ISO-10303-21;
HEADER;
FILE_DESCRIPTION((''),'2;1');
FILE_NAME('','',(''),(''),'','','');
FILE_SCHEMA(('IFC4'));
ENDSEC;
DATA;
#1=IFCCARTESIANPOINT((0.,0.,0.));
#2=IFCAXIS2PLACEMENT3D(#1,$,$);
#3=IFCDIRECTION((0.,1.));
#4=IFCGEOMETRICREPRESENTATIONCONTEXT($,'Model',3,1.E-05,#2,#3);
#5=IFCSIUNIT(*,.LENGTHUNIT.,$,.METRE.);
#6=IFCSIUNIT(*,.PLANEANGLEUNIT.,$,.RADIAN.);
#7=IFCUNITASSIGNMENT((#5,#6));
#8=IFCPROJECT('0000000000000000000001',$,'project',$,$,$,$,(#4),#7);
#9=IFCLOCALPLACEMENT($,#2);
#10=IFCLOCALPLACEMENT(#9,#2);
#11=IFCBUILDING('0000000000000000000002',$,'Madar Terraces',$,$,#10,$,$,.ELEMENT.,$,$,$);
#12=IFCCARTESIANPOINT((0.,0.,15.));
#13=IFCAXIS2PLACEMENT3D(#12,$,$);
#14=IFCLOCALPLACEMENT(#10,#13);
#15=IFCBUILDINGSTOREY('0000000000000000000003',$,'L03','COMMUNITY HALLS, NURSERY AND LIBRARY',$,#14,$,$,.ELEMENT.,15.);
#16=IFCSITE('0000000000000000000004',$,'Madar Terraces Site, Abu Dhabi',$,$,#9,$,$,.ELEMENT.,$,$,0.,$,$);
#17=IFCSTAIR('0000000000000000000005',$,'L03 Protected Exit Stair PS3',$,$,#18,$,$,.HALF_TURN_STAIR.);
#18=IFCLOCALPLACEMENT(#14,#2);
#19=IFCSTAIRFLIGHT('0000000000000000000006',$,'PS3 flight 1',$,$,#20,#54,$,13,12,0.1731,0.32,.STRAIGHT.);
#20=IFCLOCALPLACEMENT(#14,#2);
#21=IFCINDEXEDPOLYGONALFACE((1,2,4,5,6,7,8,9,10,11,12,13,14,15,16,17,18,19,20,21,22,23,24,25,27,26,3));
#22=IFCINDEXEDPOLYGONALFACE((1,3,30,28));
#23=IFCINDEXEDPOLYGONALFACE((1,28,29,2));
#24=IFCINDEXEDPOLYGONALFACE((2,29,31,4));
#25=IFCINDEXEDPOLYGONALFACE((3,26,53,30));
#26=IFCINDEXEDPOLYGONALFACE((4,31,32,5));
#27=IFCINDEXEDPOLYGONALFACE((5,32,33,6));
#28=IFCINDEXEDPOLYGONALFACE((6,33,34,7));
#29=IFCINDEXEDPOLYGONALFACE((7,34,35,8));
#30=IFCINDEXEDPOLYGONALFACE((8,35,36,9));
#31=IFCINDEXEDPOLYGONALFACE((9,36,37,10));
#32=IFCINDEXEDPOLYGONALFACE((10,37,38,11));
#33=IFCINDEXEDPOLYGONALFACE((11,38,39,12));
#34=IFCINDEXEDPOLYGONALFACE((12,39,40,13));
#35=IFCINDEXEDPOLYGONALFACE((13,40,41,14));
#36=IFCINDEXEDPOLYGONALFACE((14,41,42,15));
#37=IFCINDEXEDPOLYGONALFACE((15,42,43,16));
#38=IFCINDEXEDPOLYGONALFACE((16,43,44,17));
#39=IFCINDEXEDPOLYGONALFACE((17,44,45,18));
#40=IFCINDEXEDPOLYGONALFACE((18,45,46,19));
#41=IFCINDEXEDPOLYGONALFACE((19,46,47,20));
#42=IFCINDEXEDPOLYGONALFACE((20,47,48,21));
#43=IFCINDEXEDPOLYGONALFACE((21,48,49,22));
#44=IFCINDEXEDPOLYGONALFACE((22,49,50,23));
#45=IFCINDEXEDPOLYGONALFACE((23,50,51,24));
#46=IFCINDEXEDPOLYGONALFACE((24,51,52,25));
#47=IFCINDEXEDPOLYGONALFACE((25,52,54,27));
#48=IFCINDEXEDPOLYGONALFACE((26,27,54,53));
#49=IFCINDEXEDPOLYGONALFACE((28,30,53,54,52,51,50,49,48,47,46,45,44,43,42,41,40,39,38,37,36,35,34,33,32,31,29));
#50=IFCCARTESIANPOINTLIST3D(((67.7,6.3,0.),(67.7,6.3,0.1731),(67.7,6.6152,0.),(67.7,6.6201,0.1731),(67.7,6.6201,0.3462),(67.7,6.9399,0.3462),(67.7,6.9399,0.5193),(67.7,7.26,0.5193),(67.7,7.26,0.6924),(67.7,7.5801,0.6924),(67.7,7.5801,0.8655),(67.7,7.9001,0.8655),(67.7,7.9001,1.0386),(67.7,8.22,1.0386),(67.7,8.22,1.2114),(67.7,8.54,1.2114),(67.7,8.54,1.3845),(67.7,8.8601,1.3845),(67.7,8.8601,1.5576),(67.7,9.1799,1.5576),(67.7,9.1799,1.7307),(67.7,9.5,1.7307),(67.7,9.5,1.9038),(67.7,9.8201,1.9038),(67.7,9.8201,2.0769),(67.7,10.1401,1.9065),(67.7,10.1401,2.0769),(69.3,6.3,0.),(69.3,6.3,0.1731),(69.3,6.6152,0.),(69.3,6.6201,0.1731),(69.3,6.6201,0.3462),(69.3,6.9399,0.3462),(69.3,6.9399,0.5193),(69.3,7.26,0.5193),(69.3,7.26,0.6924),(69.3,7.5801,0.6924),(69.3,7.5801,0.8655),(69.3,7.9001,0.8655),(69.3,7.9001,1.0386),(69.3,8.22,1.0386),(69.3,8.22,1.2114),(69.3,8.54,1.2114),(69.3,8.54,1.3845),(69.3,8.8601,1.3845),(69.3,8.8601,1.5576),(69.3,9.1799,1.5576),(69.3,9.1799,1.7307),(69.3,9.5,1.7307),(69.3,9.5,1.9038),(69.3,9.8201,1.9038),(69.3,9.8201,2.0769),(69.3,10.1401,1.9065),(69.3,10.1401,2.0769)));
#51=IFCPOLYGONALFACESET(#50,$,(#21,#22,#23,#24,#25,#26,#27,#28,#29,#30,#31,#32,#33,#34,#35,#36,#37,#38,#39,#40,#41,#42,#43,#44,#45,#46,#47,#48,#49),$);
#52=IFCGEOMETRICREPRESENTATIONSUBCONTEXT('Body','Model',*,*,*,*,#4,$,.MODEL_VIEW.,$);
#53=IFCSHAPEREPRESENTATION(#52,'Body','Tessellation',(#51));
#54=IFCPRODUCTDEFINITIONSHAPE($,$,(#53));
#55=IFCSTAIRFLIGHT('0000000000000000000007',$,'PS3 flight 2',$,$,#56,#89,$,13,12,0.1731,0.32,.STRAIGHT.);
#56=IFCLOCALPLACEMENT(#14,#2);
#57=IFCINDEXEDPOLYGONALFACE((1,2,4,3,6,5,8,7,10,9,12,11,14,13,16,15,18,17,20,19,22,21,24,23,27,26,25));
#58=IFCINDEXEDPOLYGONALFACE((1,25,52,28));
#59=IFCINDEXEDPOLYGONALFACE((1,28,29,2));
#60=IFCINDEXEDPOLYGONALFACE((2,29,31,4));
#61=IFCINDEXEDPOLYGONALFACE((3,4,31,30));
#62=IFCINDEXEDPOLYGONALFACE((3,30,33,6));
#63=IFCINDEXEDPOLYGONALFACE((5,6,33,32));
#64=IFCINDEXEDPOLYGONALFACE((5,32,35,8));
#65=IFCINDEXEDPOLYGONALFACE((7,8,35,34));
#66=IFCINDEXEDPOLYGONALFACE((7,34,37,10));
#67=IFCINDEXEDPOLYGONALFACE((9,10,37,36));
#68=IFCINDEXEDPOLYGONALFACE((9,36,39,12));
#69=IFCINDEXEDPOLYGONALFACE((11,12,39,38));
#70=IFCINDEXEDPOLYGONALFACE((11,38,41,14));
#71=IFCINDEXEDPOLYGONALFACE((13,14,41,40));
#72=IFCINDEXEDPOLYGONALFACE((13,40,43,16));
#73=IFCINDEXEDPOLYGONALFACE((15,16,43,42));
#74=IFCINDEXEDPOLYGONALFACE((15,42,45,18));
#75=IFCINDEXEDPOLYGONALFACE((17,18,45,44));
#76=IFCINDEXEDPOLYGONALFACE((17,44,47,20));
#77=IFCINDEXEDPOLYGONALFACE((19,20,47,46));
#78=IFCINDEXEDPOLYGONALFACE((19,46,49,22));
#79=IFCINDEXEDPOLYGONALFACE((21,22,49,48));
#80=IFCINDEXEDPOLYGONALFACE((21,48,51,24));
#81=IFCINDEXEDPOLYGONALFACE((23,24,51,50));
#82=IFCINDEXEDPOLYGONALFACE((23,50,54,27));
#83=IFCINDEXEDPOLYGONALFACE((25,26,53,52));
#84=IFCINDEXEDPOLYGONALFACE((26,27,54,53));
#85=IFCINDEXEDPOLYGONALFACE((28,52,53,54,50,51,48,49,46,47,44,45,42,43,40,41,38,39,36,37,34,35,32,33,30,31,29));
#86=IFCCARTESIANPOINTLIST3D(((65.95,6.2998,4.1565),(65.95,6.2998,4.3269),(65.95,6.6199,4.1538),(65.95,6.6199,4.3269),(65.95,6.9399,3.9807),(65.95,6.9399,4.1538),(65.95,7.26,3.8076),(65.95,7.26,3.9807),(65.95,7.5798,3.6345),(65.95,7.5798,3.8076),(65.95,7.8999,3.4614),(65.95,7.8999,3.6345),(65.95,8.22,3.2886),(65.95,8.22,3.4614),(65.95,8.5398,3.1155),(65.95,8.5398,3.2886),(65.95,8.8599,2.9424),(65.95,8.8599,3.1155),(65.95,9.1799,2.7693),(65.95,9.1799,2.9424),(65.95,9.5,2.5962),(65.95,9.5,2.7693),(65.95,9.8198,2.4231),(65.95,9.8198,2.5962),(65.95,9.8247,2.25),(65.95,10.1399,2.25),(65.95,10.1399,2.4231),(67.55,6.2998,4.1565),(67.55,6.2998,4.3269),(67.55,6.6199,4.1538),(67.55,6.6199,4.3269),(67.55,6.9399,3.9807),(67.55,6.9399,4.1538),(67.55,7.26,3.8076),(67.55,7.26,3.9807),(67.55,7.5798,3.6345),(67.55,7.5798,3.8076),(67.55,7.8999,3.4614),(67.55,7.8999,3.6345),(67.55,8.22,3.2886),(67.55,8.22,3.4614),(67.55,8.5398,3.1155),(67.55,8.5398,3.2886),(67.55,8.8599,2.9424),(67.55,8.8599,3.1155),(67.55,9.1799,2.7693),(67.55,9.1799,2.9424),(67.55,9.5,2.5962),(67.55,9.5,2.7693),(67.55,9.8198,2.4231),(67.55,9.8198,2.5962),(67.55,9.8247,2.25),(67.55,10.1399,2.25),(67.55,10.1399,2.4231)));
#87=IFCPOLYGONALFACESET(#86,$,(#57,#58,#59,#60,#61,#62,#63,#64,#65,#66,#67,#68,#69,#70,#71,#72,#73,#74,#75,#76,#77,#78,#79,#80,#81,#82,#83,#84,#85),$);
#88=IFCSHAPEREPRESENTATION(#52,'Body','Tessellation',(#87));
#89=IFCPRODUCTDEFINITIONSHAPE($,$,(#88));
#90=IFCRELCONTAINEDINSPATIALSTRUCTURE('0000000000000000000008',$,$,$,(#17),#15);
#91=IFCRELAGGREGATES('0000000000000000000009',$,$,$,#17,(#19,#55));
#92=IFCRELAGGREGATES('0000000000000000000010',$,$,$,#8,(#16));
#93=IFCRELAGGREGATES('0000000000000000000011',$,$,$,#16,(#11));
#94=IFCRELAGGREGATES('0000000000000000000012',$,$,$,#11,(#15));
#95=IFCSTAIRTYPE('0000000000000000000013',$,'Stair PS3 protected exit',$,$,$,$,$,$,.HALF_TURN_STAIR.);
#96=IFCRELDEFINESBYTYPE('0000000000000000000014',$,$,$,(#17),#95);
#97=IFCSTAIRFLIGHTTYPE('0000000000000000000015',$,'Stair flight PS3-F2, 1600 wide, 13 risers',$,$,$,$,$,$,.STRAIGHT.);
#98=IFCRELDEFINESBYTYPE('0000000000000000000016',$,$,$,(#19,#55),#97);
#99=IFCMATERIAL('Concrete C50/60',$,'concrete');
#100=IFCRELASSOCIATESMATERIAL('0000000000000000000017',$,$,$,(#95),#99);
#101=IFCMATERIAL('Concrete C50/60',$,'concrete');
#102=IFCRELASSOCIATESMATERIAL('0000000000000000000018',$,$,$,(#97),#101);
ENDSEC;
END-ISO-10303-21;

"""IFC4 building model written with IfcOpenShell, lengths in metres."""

from ifc_helpers import new_model, si_unit, direction, frame, origin, place, context, subcontext, project, spatial, polyline, outline, extrude, material, type_object, element, aggregate, save


model = new_model("IFC4")

# Units and contexts
model_context = context("Model", 3, precision=1e-05, world=origin(), true_north=direction((0.0, 1.0)))
body_context = subcontext(model_context, "Body", "Model", "MODEL_VIEW")
ifc_project = project(units=[si_unit("LENGTHUNIT", "METRE"), si_unit("PLANEANGLEUNIT", "RADIAN")], contexts=[model_context])

# Site, building, storey
site_placement = place(None, origin())
site = spatial("IfcSite", under=ifc_project, at=site_placement, Name="Madar Terraces Site, Abu Dhabi", CompositionType="ELEMENT", RefElevation=0.0)
building_placement = place(site_placement, origin())
building = spatial("IfcBuilding", under=site, at=building_placement, Name="Madar Terraces", CompositionType="ELEMENT")
storey_placement = place(building_placement, frame((0.0, 0.0, 15.0)))
storey = spatial("IfcBuildingStorey", under=building, at=storey_placement, Name="L03", Description="COMMUNITY HALLS, NURSERY AND LIBRARY", CompositionType="ELEMENT", Elevation=15.0)

# Stair, stair flights
ifc_material_1 = material(Name="Concrete C50/60", Category="concrete")
stair_type = type_object("IfcStairType", Name="Stair PS3 protected exit", PredefinedType="HALF_TURN_STAIR", material=ifc_material_1)
stair_placement = place(storey_placement, origin())
stair = element("IfcStair", 1, at=stair_placement, inside=storey, type_object=stair_type, Name="L03 Protected Exit Stair PS3", PredefinedType="HALF_TURN_STAIR")
ifc_material_2 = material(Name="Concrete C50/60", Category="concrete")
stair_flight_type = type_object("IfcStairFlightType", Name="Stair flight PS3-F2, 1600 wide, 13 risers", PredefinedType="STRAIGHT", material=ifc_material_2)
stair_flight_1_placement = place(storey_placement, frame((68.5, 6.3, 0.0), z_axis=(0.0, 0.0, 1.0), x_axis=(0.0, 1.0, 0.0)))
stair_flight_1 = element("IfcStairFlight", 2, at=stair_flight_1_placement, type_object=stair_flight_type, Name="PS3 flight 1", NumberOfRisers=13, NumberOfTreads=12, PredefinedType="STRAIGHT", RiserHeight=0.1731, TreadLength=0.32, context=body_context, shape_type="SweptSolid", body=[
    extrude(outline(polyline([(0.0, 0.0), (0.0, 0.1731), (0.3201, 0.1731), (0.3201, 0.3462), (0.6399, 0.3462), (0.6399, 0.5193), (0.96, 0.5193), (0.96, 0.6924), (1.28, 0.6924), (1.28, 0.8655), (1.6001, 0.8655), (1.6001, 1.0386), (1.9199, 1.0386), (1.9199, 1.2114), (2.24, 1.2114), (2.24, 1.3845), (2.5601, 1.3845), (2.5601, 1.5576), (2.8799, 1.5576), (2.8799, 1.7307), (3.2, 1.7307), (3.2, 1.9038), (3.52, 1.9038), (3.52, 2.0769), (3.8401, 2.0769), (3.8401, 2.25), (3.8401, 1.9065), (0.3152, 0.0), (0.0, 0.0)])), frame((0.0, 0.8, 0.0), z_axis=(0.0, -1.0, 0.0), x_axis=(1.0, 0.0, 0.0)), (0.0, 0.0, 1.0), 1.6001),
])
stair_flight_2_placement = place(storey_placement, frame((66.75, 10.1399, 2.25), z_axis=(0.0, 0.0, 1.0), x_axis=(0.0, -1.0, 0.0)))
stair_flight_2 = element("IfcStairFlight", 3, at=stair_flight_2_placement, type_object=stair_flight_type, Name="PS3 flight 2", NumberOfRisers=13, NumberOfTreads=12, PredefinedType="STRAIGHT", RiserHeight=0.1731, TreadLength=0.32, context=body_context, shape_type="SweptSolid", body=[
    extrude(outline(polyline([(0.0, 0.0), (0.0, 0.1731), (0.3201, 0.1731), (0.3201, 0.3462), (0.6399, 0.3462), (0.6399, 0.5193), (0.96, 0.5193), (0.96, 0.6924), (1.28, 0.6924), (1.28, 0.8655), (1.6001, 0.8655), (1.6001, 1.0386), (1.9199, 1.0386), (1.9199, 1.2114), (2.24, 1.2114), (2.24, 1.3845), (2.5601, 1.3845), (2.5601, 1.5576), (2.8799, 1.5576), (2.8799, 1.7307), (3.2, 1.7307), (3.2, 1.9038), (3.52, 1.9038), (3.52, 2.0769), (3.8401, 2.0769), (3.8401, 2.25), (3.8401, 1.9065), (0.3152, 0.0), (0.0, 0.0)])), frame((0.0, 0.8, 0.0), z_axis=(0.0, -1.0, 0.0), x_axis=(1.0, 0.0, 0.0)), (0.0, 0.0, 1.0), 1.6001),
])
aggregate(stair, [stair_flight_1, stair_flight_2])

save(model, "model.ifc")
